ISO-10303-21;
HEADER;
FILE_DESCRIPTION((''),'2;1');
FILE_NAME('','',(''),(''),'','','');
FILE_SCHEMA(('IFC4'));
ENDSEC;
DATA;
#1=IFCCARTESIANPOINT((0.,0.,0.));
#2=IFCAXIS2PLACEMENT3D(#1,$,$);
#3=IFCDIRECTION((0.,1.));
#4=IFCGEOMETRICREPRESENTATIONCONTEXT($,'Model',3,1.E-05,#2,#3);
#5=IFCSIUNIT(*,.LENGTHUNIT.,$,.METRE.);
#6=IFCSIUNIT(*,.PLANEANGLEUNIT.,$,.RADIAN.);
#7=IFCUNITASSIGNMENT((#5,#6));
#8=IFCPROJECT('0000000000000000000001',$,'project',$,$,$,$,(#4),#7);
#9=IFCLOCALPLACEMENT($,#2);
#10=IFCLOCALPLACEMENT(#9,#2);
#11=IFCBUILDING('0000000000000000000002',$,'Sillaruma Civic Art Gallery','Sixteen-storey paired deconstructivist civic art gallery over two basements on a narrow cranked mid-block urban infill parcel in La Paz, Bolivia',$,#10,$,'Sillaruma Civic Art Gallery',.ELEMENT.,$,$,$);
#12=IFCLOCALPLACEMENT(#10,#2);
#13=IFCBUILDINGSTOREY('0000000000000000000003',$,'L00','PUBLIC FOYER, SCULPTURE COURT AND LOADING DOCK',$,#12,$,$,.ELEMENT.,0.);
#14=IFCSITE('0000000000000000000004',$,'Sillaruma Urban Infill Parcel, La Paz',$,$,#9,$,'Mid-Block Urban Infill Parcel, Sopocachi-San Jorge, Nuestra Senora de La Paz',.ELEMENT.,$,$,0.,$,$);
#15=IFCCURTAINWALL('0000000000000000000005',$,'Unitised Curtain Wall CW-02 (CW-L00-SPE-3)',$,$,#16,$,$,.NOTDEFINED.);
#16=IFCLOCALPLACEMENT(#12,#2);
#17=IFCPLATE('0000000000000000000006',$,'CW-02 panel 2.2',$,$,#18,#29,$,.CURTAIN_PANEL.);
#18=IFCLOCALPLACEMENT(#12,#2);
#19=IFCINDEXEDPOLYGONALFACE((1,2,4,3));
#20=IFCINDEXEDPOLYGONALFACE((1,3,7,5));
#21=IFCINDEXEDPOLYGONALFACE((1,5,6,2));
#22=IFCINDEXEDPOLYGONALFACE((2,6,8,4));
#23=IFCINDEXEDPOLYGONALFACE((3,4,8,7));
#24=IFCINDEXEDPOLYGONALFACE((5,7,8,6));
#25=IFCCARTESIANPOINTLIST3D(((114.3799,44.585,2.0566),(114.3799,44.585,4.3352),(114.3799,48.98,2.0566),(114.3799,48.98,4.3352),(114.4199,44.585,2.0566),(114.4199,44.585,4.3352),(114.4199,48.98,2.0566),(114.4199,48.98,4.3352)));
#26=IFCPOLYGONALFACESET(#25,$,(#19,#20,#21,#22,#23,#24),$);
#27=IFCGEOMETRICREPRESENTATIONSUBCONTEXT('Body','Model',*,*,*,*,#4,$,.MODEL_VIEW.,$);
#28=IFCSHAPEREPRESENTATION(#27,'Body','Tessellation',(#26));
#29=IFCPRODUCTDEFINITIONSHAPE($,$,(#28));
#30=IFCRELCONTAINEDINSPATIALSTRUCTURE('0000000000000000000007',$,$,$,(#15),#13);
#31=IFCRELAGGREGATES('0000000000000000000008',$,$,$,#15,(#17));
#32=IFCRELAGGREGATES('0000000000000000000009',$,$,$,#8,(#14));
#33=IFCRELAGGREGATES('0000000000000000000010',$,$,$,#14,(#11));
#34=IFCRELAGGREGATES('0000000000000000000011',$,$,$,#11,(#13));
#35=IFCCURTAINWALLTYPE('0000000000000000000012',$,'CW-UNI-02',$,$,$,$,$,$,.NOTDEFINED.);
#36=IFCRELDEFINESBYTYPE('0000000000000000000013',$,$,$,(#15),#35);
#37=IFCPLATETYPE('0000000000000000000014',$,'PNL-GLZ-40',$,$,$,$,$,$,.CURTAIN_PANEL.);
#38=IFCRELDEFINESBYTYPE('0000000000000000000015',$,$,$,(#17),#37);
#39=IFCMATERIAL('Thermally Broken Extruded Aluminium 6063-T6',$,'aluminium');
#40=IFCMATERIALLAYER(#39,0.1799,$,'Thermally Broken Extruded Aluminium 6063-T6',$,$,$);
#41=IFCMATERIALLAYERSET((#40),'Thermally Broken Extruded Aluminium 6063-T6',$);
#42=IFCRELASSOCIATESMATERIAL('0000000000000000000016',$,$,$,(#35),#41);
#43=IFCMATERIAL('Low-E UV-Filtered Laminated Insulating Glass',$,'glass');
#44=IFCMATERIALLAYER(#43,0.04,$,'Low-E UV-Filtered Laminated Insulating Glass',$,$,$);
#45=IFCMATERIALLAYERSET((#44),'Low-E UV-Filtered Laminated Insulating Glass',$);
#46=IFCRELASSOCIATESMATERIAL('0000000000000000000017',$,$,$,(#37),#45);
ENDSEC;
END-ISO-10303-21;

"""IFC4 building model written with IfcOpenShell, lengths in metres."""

from ifc_helpers import new_model, si_unit, direction, frame, origin, origin_2d, place, context, subcontext, project, spatial, rectangle, extrude, material, layer, layer_set, type_object, element, aggregate, save


model = new_model("IFC4")

# Units and contexts
model_context = context("Model", 3, precision=1e-05, world=origin(), true_north=direction((0.0, 1.0)))
body_context = subcontext(model_context, "Body", "Model", "MODEL_VIEW")
ifc_project = project(units=[si_unit("LENGTHUNIT", "METRE"), si_unit("PLANEANGLEUNIT", "RADIAN")], contexts=[model_context])

# Site, building, storey
site_placement = place(None, origin())
site = spatial("IfcSite", under=ifc_project, at=site_placement, Name="Sillaruma Urban Infill Parcel, La Paz", LongName="Mid-Block Urban Infill Parcel, Sopocachi-San Jorge, Nuestra Senora de La Paz", CompositionType="ELEMENT", RefElevation=0.0)
building_placement = place(site_placement, origin())
building = spatial("IfcBuilding", under=site, at=building_placement, Name="Sillaruma Civic Art Gallery", Description="Sixteen-storey paired deconstructivist civic art gallery over two basements on a narrow cranked mid-block urban infill parcel in La Paz, Bolivia", LongName="Sillaruma Civic Art Gallery", CompositionType="ELEMENT")
storey_placement = place(building_placement, origin())
storey = spatial("IfcBuildingStorey", under=building, at=storey_placement, Name="L00", Description="PUBLIC FOYER, SCULPTURE COURT AND LOADING DOCK", CompositionType="ELEMENT", Elevation=0.0)

# Curtain wall
ifc_material_1 = material(Name="Thermally Broken Extruded Aluminium 6063-T6", Category="aluminium")
ifc_layer_1 = layer(ifc_material_1, 0.1799, Name="Thermally Broken Extruded Aluminium 6063-T6")
ifc_layer_set_1 = layer_set([ifc_layer_1], Name="Thermally Broken Extruded Aluminium 6063-T6")
curtain_wall_type_1 = type_object("IfcCurtainWallType", Name="CW-UNI-02", PredefinedType="NOTDEFINED", material=ifc_layer_set_1)
curtain_wall_1_placement = place(storey_placement, origin())
curtain_wall_1 = element("IfcCurtainWall", 1, at=curtain_wall_1_placement, inside=storey, type_object=curtain_wall_type_1, Name="Unitised Curtain Wall CW-02 (CW-L00-SPE-3)", PredefinedType="NOTDEFINED")

# Plate
ifc_material_2 = material(Name="Low-E UV-Filtered Laminated Insulating Glass", Category="glass")
ifc_layer_2 = layer(ifc_material_2, 0.04, Name="Low-E UV-Filtered Laminated Insulating Glass")
ifc_layer_set_2 = layer_set([ifc_layer_2], Name="Low-E UV-Filtered Laminated Insulating Glass")
plate_type_1 = type_object("IfcPlateType", Name="PNL-GLZ-40", PredefinedType="CURTAIN_PANEL", material=ifc_layer_set_2)
plate_1_placement = place(storey_placement, frame((114.3999, 46.7825, 2.0566), z_axis=(0.0, 0.0, 1.0), x_axis=(0.0, 1.0, 0.0)))
plate_1 = element("IfcPlate", 2, at=plate_1_placement, type_object=plate_type_1, Name="CW-02 panel 2.2", PredefinedType="CURTAIN_PANEL", context=body_context, shape_type="SweptSolid", body=[
    extrude(rectangle(XDim=4.395, YDim=0.04, at=origin_2d()), origin(), (0.0, 0.0, 1.0), 2.2786),
])
aggregate(curtain_wall_1, [plate_1])

save(model, "model.ifc")
